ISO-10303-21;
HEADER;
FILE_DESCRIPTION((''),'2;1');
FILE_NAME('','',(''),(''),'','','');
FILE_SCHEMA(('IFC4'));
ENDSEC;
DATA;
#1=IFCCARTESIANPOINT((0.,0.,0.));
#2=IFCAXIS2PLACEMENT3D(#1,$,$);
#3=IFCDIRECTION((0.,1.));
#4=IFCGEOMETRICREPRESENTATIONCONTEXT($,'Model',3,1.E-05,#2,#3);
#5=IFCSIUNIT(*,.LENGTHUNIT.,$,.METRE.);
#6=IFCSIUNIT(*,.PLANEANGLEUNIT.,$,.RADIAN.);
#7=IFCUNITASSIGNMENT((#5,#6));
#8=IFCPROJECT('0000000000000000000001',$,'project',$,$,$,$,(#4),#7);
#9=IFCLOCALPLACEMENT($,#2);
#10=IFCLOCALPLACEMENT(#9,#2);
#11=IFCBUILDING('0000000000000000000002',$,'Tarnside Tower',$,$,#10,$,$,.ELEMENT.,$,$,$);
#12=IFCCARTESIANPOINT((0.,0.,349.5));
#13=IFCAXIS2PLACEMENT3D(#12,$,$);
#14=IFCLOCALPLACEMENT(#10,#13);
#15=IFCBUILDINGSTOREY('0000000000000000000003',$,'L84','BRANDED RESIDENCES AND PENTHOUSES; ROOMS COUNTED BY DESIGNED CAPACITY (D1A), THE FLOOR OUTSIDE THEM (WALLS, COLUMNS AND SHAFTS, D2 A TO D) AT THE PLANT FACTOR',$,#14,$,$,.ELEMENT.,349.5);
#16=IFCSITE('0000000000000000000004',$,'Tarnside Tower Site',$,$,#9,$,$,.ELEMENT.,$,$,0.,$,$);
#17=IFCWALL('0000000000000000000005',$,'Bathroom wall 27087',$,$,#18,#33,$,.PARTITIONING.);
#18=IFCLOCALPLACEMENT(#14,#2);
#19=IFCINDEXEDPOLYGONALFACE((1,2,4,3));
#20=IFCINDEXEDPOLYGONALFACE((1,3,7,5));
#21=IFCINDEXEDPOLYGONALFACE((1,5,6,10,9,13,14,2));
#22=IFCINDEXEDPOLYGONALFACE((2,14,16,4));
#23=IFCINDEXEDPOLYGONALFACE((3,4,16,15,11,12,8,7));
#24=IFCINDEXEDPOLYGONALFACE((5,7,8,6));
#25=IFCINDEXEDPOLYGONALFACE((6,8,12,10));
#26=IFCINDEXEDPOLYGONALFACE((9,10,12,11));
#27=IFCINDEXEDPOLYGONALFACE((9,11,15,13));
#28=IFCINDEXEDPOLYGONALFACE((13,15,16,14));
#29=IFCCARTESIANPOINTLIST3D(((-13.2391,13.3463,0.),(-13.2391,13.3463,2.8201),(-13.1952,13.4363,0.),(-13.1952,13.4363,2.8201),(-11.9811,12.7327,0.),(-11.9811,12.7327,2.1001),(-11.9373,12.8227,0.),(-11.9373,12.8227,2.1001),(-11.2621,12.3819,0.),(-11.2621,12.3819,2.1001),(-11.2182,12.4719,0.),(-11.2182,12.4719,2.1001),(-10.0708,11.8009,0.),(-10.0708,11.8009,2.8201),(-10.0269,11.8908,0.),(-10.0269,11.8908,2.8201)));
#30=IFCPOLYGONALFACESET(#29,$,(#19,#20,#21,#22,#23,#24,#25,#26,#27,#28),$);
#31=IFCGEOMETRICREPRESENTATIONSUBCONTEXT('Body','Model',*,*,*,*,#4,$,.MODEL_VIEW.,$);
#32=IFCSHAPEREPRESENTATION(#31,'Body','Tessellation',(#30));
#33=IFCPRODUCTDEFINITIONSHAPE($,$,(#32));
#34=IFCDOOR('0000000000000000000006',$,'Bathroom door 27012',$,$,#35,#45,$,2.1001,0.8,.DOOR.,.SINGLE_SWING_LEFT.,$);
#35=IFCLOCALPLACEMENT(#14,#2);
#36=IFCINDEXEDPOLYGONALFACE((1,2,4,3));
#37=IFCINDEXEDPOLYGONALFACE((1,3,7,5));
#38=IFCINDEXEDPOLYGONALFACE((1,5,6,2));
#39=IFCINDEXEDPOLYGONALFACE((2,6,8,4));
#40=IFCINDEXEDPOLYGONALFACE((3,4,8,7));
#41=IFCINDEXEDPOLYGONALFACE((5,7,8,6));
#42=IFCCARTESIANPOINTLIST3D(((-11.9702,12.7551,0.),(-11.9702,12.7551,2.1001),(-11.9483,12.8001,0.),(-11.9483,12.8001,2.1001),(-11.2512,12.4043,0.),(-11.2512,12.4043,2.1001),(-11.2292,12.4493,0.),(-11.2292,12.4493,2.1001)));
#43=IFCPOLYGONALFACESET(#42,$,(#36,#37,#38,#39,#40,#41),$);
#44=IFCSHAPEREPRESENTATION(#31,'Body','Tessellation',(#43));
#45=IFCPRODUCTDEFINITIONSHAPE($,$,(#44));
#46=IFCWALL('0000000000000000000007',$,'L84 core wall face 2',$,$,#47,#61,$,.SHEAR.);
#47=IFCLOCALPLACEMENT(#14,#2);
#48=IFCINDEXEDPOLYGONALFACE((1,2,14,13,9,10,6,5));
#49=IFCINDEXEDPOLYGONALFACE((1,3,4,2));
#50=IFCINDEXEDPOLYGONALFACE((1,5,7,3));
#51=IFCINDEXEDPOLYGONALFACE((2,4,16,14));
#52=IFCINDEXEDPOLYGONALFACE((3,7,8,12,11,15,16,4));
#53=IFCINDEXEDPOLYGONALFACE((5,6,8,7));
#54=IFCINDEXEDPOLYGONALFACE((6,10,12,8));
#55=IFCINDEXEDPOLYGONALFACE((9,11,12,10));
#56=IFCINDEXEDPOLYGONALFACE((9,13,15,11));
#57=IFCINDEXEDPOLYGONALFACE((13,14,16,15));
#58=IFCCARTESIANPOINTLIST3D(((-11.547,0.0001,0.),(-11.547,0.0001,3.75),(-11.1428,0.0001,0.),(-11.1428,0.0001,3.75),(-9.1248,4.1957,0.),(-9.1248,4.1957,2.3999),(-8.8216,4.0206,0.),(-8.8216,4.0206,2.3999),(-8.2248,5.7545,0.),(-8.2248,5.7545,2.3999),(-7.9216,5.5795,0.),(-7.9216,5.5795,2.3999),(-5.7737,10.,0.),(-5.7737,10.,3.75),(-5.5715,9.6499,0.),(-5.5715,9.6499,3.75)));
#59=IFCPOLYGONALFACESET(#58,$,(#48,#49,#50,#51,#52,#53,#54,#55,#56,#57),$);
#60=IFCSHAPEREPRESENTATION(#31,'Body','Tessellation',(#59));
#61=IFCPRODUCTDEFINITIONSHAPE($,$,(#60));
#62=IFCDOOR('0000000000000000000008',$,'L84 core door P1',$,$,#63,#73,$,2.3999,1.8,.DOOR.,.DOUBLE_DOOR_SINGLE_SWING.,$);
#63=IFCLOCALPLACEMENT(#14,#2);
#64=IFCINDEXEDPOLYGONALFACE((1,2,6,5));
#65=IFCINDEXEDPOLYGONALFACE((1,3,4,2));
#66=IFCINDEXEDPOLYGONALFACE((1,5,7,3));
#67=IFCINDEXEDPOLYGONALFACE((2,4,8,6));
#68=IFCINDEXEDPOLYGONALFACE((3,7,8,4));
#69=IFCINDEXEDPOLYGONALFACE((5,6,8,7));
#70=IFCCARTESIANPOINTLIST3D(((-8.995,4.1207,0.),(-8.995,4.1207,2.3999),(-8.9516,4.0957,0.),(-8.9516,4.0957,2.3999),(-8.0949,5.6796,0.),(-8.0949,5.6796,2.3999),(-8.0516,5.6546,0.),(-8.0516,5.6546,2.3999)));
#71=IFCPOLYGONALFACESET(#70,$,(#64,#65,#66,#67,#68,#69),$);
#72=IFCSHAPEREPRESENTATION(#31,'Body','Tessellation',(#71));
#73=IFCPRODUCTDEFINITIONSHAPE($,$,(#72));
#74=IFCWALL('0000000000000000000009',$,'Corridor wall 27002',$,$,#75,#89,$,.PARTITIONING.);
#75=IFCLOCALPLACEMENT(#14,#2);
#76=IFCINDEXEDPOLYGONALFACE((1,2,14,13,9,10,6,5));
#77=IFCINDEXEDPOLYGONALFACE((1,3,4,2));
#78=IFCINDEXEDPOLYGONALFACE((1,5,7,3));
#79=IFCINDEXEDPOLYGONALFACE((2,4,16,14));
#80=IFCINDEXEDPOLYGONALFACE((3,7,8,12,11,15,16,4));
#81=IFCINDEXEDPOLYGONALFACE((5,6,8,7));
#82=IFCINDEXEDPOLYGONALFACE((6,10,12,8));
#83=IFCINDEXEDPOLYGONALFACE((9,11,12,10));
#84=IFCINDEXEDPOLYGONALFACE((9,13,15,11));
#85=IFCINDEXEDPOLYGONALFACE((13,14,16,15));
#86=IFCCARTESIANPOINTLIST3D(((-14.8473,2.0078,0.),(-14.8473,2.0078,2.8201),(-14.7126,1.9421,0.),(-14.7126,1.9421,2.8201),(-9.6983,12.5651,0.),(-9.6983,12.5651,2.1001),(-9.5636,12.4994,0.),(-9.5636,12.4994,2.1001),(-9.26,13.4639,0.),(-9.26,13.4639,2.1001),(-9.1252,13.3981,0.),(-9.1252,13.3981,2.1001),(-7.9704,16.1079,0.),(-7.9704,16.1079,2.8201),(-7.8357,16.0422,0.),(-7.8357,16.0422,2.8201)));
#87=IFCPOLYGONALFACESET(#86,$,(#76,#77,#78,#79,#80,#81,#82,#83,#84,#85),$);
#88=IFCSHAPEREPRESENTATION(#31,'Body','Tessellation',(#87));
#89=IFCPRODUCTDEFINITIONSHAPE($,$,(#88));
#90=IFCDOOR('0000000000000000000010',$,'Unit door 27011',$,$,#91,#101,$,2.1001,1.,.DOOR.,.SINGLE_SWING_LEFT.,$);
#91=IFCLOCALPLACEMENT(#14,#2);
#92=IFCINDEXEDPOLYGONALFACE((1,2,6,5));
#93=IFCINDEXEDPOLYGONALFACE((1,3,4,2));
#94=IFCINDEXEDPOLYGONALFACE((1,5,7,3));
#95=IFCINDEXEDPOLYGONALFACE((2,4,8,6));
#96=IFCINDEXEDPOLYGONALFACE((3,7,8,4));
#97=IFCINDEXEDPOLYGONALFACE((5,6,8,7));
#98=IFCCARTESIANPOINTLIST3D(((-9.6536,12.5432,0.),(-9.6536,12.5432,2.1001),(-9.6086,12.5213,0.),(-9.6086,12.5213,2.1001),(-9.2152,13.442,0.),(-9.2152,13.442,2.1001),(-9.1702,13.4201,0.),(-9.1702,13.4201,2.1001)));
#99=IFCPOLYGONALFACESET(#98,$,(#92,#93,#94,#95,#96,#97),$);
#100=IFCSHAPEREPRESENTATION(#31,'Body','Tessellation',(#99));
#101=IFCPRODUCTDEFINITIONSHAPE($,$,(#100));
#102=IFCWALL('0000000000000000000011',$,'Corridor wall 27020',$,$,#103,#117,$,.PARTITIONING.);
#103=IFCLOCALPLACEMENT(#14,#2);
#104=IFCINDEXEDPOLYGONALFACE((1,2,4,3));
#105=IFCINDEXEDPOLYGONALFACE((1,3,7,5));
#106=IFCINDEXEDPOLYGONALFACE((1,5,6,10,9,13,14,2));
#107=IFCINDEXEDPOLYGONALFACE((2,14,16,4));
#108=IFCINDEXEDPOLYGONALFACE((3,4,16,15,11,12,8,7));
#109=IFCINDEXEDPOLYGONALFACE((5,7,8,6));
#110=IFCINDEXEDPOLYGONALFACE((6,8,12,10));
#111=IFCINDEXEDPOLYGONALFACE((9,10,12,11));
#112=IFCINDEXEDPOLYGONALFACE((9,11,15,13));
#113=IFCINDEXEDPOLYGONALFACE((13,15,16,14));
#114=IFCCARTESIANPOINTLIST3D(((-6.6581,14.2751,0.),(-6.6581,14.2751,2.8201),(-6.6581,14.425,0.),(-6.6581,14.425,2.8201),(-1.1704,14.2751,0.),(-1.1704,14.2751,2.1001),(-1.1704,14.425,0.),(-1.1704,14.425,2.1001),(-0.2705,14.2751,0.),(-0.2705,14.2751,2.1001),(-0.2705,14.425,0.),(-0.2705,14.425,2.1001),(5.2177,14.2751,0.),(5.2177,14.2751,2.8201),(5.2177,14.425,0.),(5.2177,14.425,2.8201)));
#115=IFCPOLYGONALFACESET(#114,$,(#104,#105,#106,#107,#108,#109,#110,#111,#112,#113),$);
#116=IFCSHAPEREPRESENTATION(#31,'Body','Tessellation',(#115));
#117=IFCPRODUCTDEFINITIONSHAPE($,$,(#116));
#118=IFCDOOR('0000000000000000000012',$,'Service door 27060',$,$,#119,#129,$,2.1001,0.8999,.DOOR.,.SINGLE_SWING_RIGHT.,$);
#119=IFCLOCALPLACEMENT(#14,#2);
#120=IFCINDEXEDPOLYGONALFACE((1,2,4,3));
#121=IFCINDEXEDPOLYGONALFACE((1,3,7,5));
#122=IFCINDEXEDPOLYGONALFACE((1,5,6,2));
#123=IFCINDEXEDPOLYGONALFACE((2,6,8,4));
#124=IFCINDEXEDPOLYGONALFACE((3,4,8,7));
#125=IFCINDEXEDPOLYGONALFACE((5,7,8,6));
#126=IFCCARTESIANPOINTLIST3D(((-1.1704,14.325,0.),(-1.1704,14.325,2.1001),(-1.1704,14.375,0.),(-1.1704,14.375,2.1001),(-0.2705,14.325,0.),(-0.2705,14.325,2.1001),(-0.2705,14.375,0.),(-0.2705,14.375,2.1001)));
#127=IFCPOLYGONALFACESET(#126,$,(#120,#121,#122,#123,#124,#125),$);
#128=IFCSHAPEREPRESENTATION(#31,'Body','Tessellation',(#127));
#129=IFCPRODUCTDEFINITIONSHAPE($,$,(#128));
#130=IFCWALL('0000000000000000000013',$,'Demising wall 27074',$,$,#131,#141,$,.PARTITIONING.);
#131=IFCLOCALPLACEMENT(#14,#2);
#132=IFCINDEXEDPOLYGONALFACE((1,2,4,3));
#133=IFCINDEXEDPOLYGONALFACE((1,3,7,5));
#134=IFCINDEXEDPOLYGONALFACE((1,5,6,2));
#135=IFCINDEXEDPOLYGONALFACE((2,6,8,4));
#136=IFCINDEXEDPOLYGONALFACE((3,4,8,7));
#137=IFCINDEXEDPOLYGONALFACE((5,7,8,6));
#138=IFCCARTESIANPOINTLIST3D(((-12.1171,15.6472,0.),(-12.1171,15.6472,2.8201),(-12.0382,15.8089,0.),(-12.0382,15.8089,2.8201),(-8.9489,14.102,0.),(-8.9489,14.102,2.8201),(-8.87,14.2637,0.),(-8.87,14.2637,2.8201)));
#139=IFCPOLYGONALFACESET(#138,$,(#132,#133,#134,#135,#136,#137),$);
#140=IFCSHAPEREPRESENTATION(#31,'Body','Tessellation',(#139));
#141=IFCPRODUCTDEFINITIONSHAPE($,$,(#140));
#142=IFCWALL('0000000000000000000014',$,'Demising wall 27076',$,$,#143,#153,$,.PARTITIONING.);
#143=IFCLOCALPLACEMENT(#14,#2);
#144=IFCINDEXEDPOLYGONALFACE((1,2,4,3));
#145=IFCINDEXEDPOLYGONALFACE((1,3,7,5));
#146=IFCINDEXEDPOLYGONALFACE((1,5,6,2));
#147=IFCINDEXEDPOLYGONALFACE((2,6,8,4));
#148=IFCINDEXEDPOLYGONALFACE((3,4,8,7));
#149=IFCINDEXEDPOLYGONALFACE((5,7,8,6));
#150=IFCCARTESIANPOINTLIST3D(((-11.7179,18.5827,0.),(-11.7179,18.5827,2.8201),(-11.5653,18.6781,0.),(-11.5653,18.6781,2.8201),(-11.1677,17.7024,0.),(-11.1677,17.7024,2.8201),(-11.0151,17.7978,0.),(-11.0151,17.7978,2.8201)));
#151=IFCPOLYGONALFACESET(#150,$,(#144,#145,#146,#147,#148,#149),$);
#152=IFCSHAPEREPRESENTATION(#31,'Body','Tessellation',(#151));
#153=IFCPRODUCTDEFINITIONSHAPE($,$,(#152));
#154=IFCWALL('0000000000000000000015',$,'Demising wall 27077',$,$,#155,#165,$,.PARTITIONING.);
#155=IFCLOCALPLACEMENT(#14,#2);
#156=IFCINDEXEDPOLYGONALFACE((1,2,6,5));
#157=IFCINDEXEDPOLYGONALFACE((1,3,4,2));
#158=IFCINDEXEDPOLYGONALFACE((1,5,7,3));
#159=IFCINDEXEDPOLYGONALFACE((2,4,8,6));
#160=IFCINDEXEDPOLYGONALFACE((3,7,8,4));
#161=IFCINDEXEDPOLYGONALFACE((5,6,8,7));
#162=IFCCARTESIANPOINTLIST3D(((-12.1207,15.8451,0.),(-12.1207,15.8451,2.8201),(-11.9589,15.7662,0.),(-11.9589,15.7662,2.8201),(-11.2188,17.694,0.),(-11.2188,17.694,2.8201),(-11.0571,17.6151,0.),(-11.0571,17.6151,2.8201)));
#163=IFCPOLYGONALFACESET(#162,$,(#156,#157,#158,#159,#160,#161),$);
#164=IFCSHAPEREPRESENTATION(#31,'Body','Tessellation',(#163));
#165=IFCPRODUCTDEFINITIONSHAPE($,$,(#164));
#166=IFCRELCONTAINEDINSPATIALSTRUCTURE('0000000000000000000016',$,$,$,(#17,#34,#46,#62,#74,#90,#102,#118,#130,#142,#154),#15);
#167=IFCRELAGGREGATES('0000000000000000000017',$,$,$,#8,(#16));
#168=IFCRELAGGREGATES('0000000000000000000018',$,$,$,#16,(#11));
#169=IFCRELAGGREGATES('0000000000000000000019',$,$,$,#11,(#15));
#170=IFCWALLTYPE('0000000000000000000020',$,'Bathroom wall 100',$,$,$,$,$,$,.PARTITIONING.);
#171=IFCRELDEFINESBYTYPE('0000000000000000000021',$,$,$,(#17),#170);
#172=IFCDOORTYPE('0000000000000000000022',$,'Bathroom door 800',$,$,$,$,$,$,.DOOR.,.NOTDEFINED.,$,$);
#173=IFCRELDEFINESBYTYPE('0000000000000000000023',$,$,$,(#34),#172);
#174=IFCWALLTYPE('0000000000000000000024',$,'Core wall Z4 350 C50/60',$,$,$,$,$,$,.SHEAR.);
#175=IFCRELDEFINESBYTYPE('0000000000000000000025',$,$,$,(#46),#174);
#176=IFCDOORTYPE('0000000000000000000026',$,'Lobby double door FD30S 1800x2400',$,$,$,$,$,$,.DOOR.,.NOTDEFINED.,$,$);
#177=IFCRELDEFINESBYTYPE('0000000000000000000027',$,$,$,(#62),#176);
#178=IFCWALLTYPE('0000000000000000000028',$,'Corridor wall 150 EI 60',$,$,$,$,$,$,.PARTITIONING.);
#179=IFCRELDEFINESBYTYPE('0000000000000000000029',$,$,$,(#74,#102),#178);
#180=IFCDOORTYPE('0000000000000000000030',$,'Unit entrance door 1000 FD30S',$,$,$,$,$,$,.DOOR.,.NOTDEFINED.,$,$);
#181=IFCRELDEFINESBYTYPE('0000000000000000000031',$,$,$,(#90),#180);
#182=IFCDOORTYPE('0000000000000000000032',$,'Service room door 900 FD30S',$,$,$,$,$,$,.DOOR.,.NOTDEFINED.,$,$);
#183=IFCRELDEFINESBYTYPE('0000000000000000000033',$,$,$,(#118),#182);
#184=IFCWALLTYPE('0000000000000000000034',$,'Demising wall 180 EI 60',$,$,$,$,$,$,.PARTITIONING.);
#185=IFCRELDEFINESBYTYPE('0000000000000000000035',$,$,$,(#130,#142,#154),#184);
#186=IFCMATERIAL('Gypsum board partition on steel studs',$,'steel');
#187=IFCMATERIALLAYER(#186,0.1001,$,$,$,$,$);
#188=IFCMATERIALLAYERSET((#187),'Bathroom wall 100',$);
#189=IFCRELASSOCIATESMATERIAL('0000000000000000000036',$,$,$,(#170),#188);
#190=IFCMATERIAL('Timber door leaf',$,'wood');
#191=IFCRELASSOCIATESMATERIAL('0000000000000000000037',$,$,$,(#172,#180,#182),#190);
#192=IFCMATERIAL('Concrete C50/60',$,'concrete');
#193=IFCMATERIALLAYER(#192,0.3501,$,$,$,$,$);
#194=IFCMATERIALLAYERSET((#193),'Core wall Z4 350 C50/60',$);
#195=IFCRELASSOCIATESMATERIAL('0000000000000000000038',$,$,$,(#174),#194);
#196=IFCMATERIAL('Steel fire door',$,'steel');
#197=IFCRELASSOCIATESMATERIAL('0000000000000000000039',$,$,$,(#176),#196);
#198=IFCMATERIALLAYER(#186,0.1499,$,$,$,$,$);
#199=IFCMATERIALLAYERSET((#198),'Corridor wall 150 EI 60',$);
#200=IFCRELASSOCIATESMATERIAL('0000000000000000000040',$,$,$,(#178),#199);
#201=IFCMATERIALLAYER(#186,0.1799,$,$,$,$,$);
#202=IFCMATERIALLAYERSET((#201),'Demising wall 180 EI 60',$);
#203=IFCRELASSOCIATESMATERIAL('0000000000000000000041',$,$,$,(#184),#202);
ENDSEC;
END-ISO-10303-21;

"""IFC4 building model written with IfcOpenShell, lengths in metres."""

from ifc_helpers import new_model, si_unit, direction, frame, frame_2d, origin, place, context, subcontext, project, spatial, polyline, rectangle, outline, extrude, material, layer, layer_set, type_object, element, fill, save


model = new_model("IFC4")

# Units and contexts
model_context = context("Model", 3, precision=1e-05, world=origin(), true_north=direction((0.0, 1.0)))
body_context = subcontext(model_context, "Body", "Model", "MODEL_VIEW")
ifc_project = project(units=[si_unit("LENGTHUNIT", "METRE"), si_unit("PLANEANGLEUNIT", "RADIAN")], contexts=[model_context])

# Site, building, storey
site_placement = place(None, origin())
site = spatial("IfcSite", under=ifc_project, at=site_placement, Name="Tarnside Tower Site", CompositionType="ELEMENT", RefElevation=0.0)
building_placement = place(site_placement, origin())
building = spatial("IfcBuilding", under=site, at=building_placement, Name="Tarnside Tower", CompositionType="ELEMENT")
storey_placement = place(building_placement, frame((0.0, 0.0, 349.5)))
storey = spatial("IfcBuildingStorey", under=building, at=storey_placement, Name="L84", Description="BRANDED RESIDENCES AND PENTHOUSES; ROOMS COUNTED BY DESIGNED CAPACITY (D1A), THE FLOOR OUTSIDE THEM (WALLS, COLUMNS AND SHAFTS, D2 A TO D) AT THE PLANT FACTOR", CompositionType="ELEMENT", Elevation=349.5)

# Walls, openings, doors
ifc_material_1 = material(Name="Gypsum board partition on steel studs", Category="steel")
ifc_layer_1 = layer(ifc_material_1, 0.1001)
ifc_layer_set_1 = layer_set([ifc_layer_1], Name="Bathroom wall 100")
wall_type_1 = type_object("IfcWallType", Name="Bathroom wall 100", PredefinedType="PARTITIONING", material=ifc_layer_set_1)
wall_1_placement = place(storey_placement, frame((-13.2173, 13.3914, 0.0), z_axis=(0.0, 0.0, 1.0), x_axis=(0.898775, -0.43841, 0.0)))
wall_1 = element("IfcWall", 1, at=wall_1_placement, inside=storey, type_object=wall_type_1, Name="Bathroom wall 27087", PredefinedType="PARTITIONING", context=body_context, shape_type="SweptSolid", body=[
    extrude(rectangle(XDim=3.5251, YDim=0.1001, at=frame_2d((1.7627, 0.0))), origin(), (0.0, 0.0, 1.0), 2.8201),
])
opening_1_placement = place(wall_1_placement, frame((1.3999, 0.0, 0.0)))
opening_1 = element("IfcOpeningElement", 2, at=opening_1_placement, cuts=wall_1, PredefinedType="OPENING", context=body_context, shape_type="SweptSolid", body=[
    extrude(rectangle(XDim=0.8, YDim=2.1001, at=frame_2d((0.3999, 1.05))), frame((0.0, 0.0601, 0.0), z_axis=(0.0, -1.0, 0.0), x_axis=(1.0, 0.0, 0.0)), (0.0, 0.0, 1.0), 0.1201),
])
ifc_material_2 = material(Name="Timber door leaf", Category="wood")
door_type_1 = type_object("IfcDoorType", Name="Bathroom door 800", OperationType="NOTDEFINED", PredefinedType="DOOR", material=ifc_material_2)
door_1_placement = place(opening_1_placement, origin())
door_1 = element("IfcDoor", 3, at=door_1_placement, inside=storey, type_object=door_type_1, Name="Bathroom door 27012", OperationType="SINGLE_SWING_LEFT", OverallHeight=2.1001, OverallWidth=0.8, PredefinedType="DOOR", context=body_context, shape_type="SweptSolid", body=[
    extrude(rectangle(XDim=0.8, YDim=2.1001, at=frame_2d((0.3999, 1.05))), frame((0.0, 0.0249, 0.0), z_axis=(0.0, -1.0, 0.0), x_axis=(1.0, 0.0, 0.0)), (0.0, 0.0, 1.0), 0.05),
])
fill(opening_1, door_1)
ifc_material_3 = material(Name="Concrete C50/60", Category="concrete")
ifc_layer_2 = layer(ifc_material_3, 0.3501)
ifc_layer_set_2 = layer_set([ifc_layer_2], Name="Core wall Z4 350 C50/60")
wall_type_2 = type_object("IfcWallType", Name="Core wall Z4 350 C50/60", PredefinedType="SHEAR", material=ifc_layer_set_2)
wall_2_placement = place(storey_placement, frame((-5.6726, 9.825, 0.0), z_axis=(0.0, 0.0, 1.0), x_axis=(-0.499995, -0.866028, 0.0)))
wall_2 = element("IfcWall", 4, at=wall_2_placement, inside=storey, type_object=wall_type_2, Name="L84 core wall face 2", PredefinedType="SHEAR", context=body_context, shape_type="SweptSolid", body=[
    extrude(outline(polyline([(-0.1011, -0.175), (11.4458, -0.175), (11.2437, 0.175), (0.1011, 0.175), (-0.1011, -0.175)])), origin(), (0.0, 0.0, 1.0), 3.75),
])
opening_2_placement = place(wall_2_placement, frame((4.8013, 0.0, 0.0)))
opening_2 = element("IfcOpeningElement", 5, at=opening_2_placement, cuts=wall_2, PredefinedType="OPENING", context=body_context, shape_type="SweptSolid", body=[
    extrude(rectangle(XDim=1.8, YDim=2.3999, at=frame_2d((0.8999, 1.2))), frame((0.0, 0.1851, 0.0), z_axis=(0.0, -1.0, 0.0), x_axis=(1.0, 0.0, 0.0)), (0.0, 0.0, 1.0), 0.3701),
])
ifc_material_4 = material(Name="Steel fire door", Category="steel")
door_type_2 = type_object("IfcDoorType", Name="Lobby double door FD30S 1800x2400", OperationType="NOTDEFINED", PredefinedType="DOOR", material=ifc_material_4)
door_2_placement = place(opening_2_placement, origin())
door_2 = element("IfcDoor", 6, at=door_2_placement, inside=storey, type_object=door_type_2, Name="L84 core door P1", OperationType="DOUBLE_DOOR_SINGLE_SWING", OverallHeight=2.3999, OverallWidth=1.8, PredefinedType="DOOR", context=body_context, shape_type="SweptSolid", body=[
    extrude(rectangle(XDim=1.8, YDim=2.3999, at=frame_2d((0.8999, 1.2))), frame((0.0, 0.0249, 0.0), z_axis=(0.0, -1.0, 0.0), x_axis=(1.0, 0.0, 0.0)), (0.0, 0.0, 1.0), 0.05),
])
fill(opening_2, door_2)
ifc_layer_3 = layer(ifc_material_1, 0.1499)
ifc_layer_set_3 = layer_set([ifc_layer_3], Name="Corridor wall 150 EI 60")
wall_type_3 = type_object("IfcWallType", Name="Corridor wall 150 EI 60", PredefinedType="PARTITIONING", material=ifc_layer_set_3)
wall_3_placement = place(storey_placement, frame((-7.9031, 16.075, 0.0), z_axis=(0.0, 0.0, 1.0), x_axis=(-0.438365, -0.898797, 0.0)))
wall_3 = element("IfcWall", 7, at=wall_3_placement, inside=storey, type_object=wall_type_3, Name="Corridor wall 27002", PredefinedType="PARTITIONING", context=body_context, shape_type="SweptSolid", body=[
    extrude(rectangle(XDim=15.6877, YDim=0.1499, at=frame_2d((7.8438, 0.0))), origin(), (0.0, 0.0, 1.0), 2.8201),
])
opening_3_placement = place(wall_3_placement, frame((2.9417, 0.0, 0.0)))
opening_3 = element("IfcOpeningElement", 8, at=opening_3_placement, cuts=wall_3, PredefinedType="OPENING", context=body_context, shape_type="SweptSolid", body=[
    extrude(rectangle(XDim=1.0, YDim=2.1001, at=frame_2d((0.5, 1.05))), frame((0.0, 0.085, 0.0), z_axis=(0.0, -1.0, 0.0), x_axis=(1.0, 0.0, 0.0)), (0.0, 0.0, 1.0), 0.1699),
])
door_type_3 = type_object("IfcDoorType", Name="Unit entrance door 1000 FD30S", OperationType="NOTDEFINED", PredefinedType="DOOR", material=ifc_material_2)
door_3_placement = place(opening_3_placement, origin())
door_3 = element("IfcDoor", 9, at=door_3_placement, inside=storey, type_object=door_type_3, Name="Unit door 27011", OperationType="SINGLE_SWING_LEFT", OverallHeight=2.1001, OverallWidth=1.0, PredefinedType="DOOR", context=body_context, shape_type="SweptSolid", body=[
    extrude(rectangle(XDim=1.0, YDim=2.1001, at=frame_2d((0.5, 1.05))), frame((0.0, 0.0249, 0.0), z_axis=(0.0, -1.0, 0.0), x_axis=(1.0, 0.0, 0.0)), (0.0, 0.0, 1.0), 0.05),
])
fill(opening_3, door_3)
wall_4_placement = place(storey_placement, frame((-6.6582, 14.3501, 0.0), z_axis=(0.0, 0.0, 1.0), x_axis=(1.0, 0.0, 0.0)))
wall_4 = element("IfcWall", 10, at=wall_4_placement, inside=storey, type_object=wall_type_3, Name="Corridor wall 27020", PredefinedType="PARTITIONING", context=body_context, shape_type="SweptSolid", body=[
    extrude(rectangle(XDim=11.8757, YDim=0.1499, at=frame_2d((5.938, 0.0))), origin(), (0.0, 0.0, 1.0), 2.8201),
])
opening_4_placement = place(wall_4_placement, frame((5.4878, 0.0, 0.0)))
opening_4 = element("IfcOpeningElement", 11, at=opening_4_placement, cuts=wall_4, PredefinedType="OPENING", context=body_context, shape_type="SweptSolid", body=[
    extrude(rectangle(XDim=0.8999, YDim=2.1001, at=frame_2d((0.45, 1.05))), frame((0.0, 0.085, 0.0), z_axis=(0.0, -1.0, 0.0), x_axis=(1.0, 0.0, 0.0)), (0.0, 0.0, 1.0), 0.1699),
])
door_type_4 = type_object("IfcDoorType", Name="Service room door 900 FD30S", OperationType="NOTDEFINED", PredefinedType="DOOR", material=ifc_material_2)
door_4_placement = place(opening_4_placement, origin())
door_4 = element("IfcDoor", 12, at=door_4_placement, inside=storey, type_object=door_type_4, Name="Service door 27060", OperationType="SINGLE_SWING_RIGHT", OverallHeight=2.1001, OverallWidth=0.8999, PredefinedType="DOOR", context=body_context, shape_type="SweptSolid", body=[
    extrude(rectangle(XDim=0.8999, YDim=2.1001, at=frame_2d((0.45, 1.05))), frame((0.0, 0.0249, 0.0), z_axis=(0.0, -1.0, 0.0), x_axis=(1.0, 0.0, 0.0)), (0.0, 0.0, 1.0), 0.05),
])
fill(opening_4, door_4)

# Walls
ifc_layer_4 = layer(ifc_material_1, 0.1799)
ifc_layer_set_4 = layer_set([ifc_layer_4], Name="Demising wall 180 EI 60")
wall_type_4 = type_object("IfcWallType", Name="Demising wall 180 EI 60", PredefinedType="PARTITIONING", material=ifc_layer_set_4)
wall_5_placement = place(storey_placement, frame((-12.0776, 15.728, 0.0), z_axis=(0.0, 0.0, 1.0), x_axis=(0.898802, -0.438354, 0.0)))
element("IfcWall", 13, at=wall_5_placement, inside=storey, type_object=wall_type_4, Name="Demising wall 27074", PredefinedType="PARTITIONING", context=body_context, shape_type="SweptSolid", body=[
    extrude(rectangle(XDim=3.5249, YDim=0.1799, at=frame_2d((1.7625, 0.0))), origin(), (0.0, 0.0, 1.0), 2.8201),
])
wall_6_placement = place(storey_placement, frame((-11.6416, 18.6304, 0.0), z_axis=(0.0, 0.0, 1.0), x_axis=(0.530041, -0.847972, 0.0)))
element("IfcWall", 14, at=wall_6_placement, inside=storey, type_object=wall_type_4, Name="Demising wall 27076", PredefinedType="PARTITIONING", context=body_context, shape_type="SweptSolid", body=[
    extrude(rectangle(XDim=1.0381, YDim=0.1799, at=frame_2d((0.519, 0.0))), origin(), (0.0, 0.0, 1.0), 2.8201),
])
wall_7_placement = place(storey_placement, frame((-11.1379, 17.6545, 0.0), z_axis=(0.0, 0.0, 1.0), x_axis=(-0.43841, -0.898775, 0.0)))
element("IfcWall", 15, at=wall_7_placement, inside=storey, type_object=wall_type_4, Name="Demising wall 27077", PredefinedType="PARTITIONING", context=body_context, shape_type="SweptSolid", body=[
    extrude(rectangle(XDim=2.0571, YDim=0.1799, at=frame_2d((1.0286, 0.0))), origin(), (0.0, 0.0, 1.0), 2.8201),
])

save(model, "model.ifc")
